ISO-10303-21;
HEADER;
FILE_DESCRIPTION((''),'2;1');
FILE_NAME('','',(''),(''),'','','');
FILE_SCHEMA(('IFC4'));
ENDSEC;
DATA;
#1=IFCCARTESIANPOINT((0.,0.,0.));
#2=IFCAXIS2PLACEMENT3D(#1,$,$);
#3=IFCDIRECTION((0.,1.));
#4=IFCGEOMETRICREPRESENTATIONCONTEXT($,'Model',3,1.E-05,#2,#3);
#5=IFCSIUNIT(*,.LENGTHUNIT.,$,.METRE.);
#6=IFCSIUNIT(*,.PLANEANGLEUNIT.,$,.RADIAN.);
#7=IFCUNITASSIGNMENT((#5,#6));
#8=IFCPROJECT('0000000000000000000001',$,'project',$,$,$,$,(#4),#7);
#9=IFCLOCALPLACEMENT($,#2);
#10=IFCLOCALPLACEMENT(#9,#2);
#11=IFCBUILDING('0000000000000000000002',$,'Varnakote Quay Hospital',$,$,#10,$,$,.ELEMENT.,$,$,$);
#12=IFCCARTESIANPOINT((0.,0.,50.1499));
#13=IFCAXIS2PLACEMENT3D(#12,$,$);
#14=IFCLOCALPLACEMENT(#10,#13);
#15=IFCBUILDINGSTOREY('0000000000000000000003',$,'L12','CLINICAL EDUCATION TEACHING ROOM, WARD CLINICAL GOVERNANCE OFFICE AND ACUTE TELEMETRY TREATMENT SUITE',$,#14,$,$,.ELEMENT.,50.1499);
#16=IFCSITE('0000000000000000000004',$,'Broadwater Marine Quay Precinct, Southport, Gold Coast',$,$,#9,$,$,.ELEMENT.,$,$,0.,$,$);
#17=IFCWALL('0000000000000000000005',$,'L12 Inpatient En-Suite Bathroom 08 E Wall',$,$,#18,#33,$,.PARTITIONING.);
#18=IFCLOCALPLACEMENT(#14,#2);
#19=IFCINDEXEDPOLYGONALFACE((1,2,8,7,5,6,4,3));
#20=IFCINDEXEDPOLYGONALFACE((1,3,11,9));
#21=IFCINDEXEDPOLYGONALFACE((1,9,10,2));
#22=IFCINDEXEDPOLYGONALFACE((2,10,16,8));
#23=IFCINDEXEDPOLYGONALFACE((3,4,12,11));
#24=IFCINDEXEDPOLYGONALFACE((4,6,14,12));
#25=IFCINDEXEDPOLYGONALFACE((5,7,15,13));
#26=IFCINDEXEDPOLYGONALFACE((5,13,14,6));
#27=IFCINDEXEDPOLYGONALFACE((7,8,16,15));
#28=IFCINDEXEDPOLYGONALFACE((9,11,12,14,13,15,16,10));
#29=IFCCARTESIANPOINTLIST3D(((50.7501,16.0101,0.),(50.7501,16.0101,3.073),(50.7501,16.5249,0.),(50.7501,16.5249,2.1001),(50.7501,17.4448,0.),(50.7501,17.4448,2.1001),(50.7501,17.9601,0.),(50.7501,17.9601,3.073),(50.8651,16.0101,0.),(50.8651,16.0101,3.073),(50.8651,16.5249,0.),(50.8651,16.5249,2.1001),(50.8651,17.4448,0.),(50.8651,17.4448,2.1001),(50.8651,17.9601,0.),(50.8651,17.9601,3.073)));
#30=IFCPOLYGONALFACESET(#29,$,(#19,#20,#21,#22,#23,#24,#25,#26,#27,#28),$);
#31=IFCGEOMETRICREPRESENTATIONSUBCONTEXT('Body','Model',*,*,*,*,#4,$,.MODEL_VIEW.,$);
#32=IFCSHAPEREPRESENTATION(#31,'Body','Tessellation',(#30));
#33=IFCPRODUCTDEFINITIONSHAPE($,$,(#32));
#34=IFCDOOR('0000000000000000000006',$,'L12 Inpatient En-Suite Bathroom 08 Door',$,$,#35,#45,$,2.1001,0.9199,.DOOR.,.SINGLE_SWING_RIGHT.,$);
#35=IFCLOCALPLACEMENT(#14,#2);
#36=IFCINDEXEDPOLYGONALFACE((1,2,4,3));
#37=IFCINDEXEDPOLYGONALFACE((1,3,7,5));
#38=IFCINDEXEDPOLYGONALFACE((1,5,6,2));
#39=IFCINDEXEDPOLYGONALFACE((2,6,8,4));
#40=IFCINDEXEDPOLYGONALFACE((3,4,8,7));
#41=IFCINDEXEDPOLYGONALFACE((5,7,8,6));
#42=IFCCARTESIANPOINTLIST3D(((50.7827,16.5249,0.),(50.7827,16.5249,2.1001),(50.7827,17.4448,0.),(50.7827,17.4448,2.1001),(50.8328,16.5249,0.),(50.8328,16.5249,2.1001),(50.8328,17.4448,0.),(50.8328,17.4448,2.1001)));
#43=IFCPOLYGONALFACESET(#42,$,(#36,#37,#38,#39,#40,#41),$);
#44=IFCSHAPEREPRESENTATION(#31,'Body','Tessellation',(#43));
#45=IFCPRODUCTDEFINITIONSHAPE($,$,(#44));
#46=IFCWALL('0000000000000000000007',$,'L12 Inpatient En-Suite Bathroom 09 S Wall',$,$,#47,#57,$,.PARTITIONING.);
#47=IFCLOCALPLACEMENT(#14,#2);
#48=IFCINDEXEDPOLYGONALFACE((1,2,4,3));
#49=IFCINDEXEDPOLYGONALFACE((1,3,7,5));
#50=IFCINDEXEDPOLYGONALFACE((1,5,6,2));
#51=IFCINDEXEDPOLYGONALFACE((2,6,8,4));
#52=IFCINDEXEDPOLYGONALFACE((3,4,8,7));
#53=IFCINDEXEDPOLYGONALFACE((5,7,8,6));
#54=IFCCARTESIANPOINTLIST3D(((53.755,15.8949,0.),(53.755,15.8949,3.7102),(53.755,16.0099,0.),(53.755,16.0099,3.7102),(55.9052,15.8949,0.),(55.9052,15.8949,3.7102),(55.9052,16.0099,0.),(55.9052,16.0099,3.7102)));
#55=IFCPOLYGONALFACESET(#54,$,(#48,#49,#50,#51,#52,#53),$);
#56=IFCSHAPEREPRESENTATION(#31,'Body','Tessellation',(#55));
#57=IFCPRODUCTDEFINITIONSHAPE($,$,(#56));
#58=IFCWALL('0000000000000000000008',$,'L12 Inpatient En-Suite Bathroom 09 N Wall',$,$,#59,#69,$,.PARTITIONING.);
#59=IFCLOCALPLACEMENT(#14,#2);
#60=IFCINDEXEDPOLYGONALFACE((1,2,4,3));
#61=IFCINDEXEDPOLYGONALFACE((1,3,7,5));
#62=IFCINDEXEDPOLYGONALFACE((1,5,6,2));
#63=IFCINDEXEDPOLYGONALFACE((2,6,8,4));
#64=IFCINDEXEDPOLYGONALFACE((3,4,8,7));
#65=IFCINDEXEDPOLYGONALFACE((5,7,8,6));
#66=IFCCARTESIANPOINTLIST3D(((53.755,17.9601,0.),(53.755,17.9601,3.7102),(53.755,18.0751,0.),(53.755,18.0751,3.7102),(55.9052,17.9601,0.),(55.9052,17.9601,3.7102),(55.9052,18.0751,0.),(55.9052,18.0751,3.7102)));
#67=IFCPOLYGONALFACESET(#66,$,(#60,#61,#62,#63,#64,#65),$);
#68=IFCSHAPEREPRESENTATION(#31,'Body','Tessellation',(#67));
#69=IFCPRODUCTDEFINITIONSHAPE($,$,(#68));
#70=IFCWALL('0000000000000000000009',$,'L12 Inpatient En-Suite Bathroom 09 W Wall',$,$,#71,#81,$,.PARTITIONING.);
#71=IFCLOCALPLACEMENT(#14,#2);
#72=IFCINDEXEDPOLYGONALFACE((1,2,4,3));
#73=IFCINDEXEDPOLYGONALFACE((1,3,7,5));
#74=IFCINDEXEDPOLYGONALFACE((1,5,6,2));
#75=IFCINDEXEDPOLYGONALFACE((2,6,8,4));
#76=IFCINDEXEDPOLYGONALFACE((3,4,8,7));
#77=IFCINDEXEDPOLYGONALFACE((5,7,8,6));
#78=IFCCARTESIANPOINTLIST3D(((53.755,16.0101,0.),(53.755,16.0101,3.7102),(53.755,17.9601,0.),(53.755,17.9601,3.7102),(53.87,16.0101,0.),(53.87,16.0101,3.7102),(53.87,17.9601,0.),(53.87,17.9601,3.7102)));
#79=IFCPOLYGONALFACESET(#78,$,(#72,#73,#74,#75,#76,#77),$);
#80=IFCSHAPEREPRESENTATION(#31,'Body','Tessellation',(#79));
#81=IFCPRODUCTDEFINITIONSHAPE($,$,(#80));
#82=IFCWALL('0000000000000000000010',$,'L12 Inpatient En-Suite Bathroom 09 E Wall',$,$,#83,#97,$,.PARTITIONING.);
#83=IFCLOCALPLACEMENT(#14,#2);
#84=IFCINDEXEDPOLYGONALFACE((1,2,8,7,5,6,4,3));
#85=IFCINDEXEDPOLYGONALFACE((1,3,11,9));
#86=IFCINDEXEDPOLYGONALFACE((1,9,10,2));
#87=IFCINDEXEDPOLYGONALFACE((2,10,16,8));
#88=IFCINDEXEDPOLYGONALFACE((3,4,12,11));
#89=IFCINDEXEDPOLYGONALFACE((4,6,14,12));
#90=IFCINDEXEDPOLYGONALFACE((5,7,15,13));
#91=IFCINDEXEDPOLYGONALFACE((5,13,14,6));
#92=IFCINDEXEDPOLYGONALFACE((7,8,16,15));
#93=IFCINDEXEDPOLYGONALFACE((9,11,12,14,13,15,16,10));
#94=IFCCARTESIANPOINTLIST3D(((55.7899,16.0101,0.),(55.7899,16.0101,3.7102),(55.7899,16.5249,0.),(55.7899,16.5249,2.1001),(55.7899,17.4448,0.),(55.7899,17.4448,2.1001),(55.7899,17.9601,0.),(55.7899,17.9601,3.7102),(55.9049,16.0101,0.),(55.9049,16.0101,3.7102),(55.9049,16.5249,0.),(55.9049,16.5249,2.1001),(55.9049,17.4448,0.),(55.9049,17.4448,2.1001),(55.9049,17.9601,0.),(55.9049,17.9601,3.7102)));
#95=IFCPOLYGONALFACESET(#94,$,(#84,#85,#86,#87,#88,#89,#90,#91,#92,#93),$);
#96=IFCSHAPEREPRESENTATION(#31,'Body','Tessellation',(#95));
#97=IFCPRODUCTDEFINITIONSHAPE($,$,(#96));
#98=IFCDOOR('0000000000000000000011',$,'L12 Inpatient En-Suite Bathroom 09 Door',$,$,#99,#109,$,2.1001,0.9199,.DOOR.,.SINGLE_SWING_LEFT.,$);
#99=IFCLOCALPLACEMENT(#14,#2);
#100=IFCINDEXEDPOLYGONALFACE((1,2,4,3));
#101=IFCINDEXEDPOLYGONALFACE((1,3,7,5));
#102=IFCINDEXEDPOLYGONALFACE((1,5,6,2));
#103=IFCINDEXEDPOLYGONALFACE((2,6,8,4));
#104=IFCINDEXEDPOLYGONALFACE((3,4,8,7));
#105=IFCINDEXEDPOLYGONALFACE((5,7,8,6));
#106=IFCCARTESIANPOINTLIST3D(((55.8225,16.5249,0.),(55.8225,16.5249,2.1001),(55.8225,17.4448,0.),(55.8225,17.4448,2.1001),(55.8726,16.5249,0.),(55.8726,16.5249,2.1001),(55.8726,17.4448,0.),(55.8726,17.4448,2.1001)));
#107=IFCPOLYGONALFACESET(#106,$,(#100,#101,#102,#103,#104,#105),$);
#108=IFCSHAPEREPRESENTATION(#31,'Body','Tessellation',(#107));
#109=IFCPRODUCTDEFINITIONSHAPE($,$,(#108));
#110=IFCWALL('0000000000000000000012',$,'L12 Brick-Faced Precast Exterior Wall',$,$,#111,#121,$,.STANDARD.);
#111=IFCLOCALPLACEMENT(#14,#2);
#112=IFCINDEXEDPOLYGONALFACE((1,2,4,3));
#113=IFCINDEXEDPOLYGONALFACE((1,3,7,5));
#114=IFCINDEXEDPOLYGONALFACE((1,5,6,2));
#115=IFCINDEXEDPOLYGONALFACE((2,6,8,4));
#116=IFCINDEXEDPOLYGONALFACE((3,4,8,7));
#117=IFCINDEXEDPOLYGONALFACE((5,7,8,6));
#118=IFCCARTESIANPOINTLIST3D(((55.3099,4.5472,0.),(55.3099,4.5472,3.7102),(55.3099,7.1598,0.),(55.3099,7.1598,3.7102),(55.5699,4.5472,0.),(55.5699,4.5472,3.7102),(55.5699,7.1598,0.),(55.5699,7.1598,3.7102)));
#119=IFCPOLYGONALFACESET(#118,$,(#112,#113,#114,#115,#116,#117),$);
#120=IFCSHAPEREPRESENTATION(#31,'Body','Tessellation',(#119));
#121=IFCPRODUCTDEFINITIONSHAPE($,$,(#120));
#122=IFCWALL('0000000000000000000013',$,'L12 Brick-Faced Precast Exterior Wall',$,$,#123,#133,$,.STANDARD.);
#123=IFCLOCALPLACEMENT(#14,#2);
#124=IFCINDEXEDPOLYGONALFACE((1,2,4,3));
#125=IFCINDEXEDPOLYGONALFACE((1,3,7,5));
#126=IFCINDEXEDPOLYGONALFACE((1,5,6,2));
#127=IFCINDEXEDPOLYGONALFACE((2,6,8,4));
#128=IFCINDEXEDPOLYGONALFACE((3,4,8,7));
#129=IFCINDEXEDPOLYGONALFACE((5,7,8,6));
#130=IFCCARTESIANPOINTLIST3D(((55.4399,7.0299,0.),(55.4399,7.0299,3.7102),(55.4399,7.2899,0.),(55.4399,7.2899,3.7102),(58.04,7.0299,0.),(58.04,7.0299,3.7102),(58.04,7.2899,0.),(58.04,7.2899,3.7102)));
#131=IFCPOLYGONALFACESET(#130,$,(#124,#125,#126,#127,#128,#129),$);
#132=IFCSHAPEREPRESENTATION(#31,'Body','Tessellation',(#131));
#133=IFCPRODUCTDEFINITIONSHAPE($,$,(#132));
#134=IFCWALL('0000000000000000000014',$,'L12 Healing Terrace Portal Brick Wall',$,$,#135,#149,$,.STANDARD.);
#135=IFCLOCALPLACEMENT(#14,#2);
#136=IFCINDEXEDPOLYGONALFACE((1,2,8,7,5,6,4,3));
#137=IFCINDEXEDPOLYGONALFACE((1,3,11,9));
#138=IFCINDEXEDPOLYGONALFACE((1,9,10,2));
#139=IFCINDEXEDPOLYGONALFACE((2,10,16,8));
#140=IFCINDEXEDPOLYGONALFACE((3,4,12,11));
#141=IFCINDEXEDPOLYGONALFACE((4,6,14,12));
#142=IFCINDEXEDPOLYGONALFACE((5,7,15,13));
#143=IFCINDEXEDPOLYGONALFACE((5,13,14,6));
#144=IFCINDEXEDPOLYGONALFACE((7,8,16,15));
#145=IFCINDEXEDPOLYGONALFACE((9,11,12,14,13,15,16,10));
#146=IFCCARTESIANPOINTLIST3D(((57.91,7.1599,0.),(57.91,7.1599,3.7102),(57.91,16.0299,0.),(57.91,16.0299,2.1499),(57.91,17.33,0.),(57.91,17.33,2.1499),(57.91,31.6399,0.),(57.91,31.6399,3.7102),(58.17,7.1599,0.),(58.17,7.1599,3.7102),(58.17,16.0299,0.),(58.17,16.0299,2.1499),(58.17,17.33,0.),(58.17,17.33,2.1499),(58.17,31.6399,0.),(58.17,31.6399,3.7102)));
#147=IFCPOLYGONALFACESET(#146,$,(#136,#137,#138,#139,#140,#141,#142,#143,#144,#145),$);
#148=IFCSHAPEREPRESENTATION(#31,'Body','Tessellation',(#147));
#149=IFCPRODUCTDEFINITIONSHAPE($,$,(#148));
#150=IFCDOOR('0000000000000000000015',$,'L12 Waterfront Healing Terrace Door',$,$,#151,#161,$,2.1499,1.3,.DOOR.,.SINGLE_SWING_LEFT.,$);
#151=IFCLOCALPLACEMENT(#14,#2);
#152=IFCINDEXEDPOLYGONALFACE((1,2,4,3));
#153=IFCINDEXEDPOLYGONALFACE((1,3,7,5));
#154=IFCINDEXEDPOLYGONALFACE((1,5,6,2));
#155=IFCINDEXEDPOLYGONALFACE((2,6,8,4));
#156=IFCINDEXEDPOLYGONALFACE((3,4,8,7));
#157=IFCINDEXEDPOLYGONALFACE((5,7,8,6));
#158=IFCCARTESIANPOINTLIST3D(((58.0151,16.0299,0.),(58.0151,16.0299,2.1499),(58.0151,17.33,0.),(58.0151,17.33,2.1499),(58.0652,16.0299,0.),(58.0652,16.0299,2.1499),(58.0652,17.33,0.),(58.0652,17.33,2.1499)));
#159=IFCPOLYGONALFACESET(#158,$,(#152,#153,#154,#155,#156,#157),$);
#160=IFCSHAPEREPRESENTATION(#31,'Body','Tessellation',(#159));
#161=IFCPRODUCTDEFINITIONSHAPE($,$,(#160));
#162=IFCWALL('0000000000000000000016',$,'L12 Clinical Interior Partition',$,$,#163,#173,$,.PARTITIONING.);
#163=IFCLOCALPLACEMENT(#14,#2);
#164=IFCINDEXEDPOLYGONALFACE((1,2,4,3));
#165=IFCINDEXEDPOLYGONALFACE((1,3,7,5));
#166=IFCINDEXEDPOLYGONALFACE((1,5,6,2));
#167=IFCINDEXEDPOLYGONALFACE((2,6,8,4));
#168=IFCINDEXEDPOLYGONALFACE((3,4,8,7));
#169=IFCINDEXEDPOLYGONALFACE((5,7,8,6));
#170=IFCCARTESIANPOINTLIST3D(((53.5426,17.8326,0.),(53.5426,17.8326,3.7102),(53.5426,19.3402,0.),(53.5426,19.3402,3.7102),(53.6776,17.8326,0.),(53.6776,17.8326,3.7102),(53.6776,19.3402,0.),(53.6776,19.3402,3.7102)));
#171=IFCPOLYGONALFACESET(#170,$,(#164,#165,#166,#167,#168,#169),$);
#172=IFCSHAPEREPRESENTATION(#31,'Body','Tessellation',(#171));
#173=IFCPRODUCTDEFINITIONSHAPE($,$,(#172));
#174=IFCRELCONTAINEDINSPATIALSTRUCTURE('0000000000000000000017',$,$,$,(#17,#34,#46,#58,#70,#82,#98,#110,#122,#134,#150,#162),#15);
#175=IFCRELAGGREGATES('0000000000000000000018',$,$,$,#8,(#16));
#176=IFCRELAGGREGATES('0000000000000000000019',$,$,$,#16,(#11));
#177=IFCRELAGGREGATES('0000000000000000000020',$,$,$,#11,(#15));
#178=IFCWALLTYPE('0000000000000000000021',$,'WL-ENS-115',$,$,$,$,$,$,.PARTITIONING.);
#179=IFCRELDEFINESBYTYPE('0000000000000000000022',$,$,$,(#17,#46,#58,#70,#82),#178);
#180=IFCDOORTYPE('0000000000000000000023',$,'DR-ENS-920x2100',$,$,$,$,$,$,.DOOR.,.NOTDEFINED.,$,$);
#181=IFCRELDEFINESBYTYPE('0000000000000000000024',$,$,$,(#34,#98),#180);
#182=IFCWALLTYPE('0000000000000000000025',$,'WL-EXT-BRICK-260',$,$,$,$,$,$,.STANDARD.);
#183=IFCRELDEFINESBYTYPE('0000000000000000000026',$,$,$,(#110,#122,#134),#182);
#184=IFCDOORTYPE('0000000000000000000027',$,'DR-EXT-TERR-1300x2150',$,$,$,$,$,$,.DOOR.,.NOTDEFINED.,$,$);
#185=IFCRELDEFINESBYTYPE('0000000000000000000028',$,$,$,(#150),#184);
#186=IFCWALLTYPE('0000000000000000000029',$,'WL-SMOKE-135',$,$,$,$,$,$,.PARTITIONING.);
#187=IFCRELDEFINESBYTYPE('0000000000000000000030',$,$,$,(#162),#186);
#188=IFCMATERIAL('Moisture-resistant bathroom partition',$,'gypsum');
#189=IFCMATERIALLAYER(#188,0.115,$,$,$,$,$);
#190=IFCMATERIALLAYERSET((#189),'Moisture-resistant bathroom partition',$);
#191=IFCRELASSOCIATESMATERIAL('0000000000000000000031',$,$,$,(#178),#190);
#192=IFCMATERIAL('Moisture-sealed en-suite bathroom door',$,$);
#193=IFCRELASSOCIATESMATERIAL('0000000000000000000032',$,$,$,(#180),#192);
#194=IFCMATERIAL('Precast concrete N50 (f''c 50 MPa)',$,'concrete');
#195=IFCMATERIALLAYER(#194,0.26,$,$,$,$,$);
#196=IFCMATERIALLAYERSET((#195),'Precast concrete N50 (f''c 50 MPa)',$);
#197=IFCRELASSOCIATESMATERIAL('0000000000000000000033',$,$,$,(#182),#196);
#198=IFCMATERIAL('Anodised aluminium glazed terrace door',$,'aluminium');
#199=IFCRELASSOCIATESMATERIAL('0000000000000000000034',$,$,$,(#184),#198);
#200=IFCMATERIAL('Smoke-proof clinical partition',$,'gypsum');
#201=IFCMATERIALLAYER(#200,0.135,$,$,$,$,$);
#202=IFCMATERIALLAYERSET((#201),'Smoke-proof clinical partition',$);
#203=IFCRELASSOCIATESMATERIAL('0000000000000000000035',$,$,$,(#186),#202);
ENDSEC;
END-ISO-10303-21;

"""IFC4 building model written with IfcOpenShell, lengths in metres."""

from ifc_helpers import new_model, si_unit, direction, frame, frame_2d, origin, place, context, subcontext, project, spatial, rectangle, extrude, material, layer, layer_set, type_object, element, fill, save


model = new_model("IFC4")

# Units and contexts
model_context = context("Model", 3, precision=1e-05, world=origin(), true_north=direction((0.0, 1.0)))
body_context = subcontext(model_context, "Body", "Model", "MODEL_VIEW")
ifc_project = project(units=[si_unit("LENGTHUNIT", "METRE"), si_unit("PLANEANGLEUNIT", "RADIAN")], contexts=[model_context])

# Site, building, storey
site_placement = place(None, origin())
site = spatial("IfcSite", under=ifc_project, at=site_placement, Name="Broadwater Marine Quay Precinct, Southport, Gold Coast", CompositionType="ELEMENT", RefElevation=0.0)
building_placement = place(site_placement, origin())
building = spatial("IfcBuilding", under=site, at=building_placement, Name="Varnakote Quay Hospital", CompositionType="ELEMENT")
storey_placement = place(building_placement, frame((0.0, 0.0, 50.1499)))
storey = spatial("IfcBuildingStorey", under=building, at=storey_placement, Name="L12", Description="CLINICAL EDUCATION TEACHING ROOM, WARD CLINICAL GOVERNANCE OFFICE AND ACUTE TELEMETRY TREATMENT SUITE", CompositionType="ELEMENT", Elevation=50.1499)

# Shared definitions
ifc_material_1 = material(Name="Moisture-resistant bathroom partition", Category="gypsum")
ifc_layer_1 = layer(ifc_material_1, 0.115)
ifc_layer_set_1 = layer_set([ifc_layer_1], Name="Moisture-resistant bathroom partition")
wall_type_1 = type_object("IfcWallType", Name="WL-ENS-115", PredefinedType="PARTITIONING", material=ifc_layer_set_1)

# Wall, opening, door
wall_1_placement = place(storey_placement, frame((50.8076, 16.01, 0.0), z_axis=(0.0, 0.0, 1.0), x_axis=(0.0, 1.0, 0.0)))
wall_1 = element("IfcWall", 1, at=wall_1_placement, inside=storey, type_object=wall_type_1, Name="L12 Inpatient En-Suite Bathroom 08 E Wall", PredefinedType="PARTITIONING", context=body_context, shape_type="SweptSolid", body=[
    extrude(rectangle(XDim=1.95, YDim=0.115, at=frame_2d((0.9751, 0.0))), origin(), (0.0, 0.0, 1.0), 3.073),
])
opening_1_placement = place(wall_1_placement, frame((0.5149, 0.0, 0.0)))
opening_1 = element("IfcOpeningElement", 2, at=opening_1_placement, cuts=wall_1, PredefinedType="OPENING", context=body_context, shape_type="SweptSolid", body=[
    extrude(rectangle(XDim=0.9199, YDim=2.1001, at=frame_2d((0.46, 1.05))), frame((0.0, 0.0674, 0.0), z_axis=(0.0, -1.0, 0.0), x_axis=(1.0, 0.0, 0.0)), (0.0, 0.0, 1.0), 0.135),
])
ifc_material_2 = material(Name="Moisture-sealed en-suite bathroom door")
door_type_1 = type_object("IfcDoorType", Name="DR-ENS-920x2100", OperationType="NOTDEFINED", PredefinedType="DOOR", material=ifc_material_2)
door_1_placement = place(opening_1_placement, origin())
door_1 = element("IfcDoor", 3, at=door_1_placement, inside=storey, type_object=door_type_1, Name="L12 Inpatient En-Suite Bathroom 08 Door", OperationType="SINGLE_SWING_RIGHT", OverallHeight=2.1001, OverallWidth=0.9199, PredefinedType="DOOR", context=body_context, shape_type="SweptSolid", body=[
    extrude(rectangle(XDim=0.9199, YDim=2.1001, at=frame_2d((0.46, 1.05))), frame((0.0, 0.0249, 0.0), z_axis=(0.0, -1.0, 0.0), x_axis=(1.0, 0.0, 0.0)), (0.0, 0.0, 1.0), 0.05),
])
fill(opening_1, door_1)

# Walls
for number, where, z_axis, x_axis, name in (
    (4, (53.7549, 15.9524, 0.0), (0.0, 0.0, 1.0), (1.0, 0.0, 0.0), "L12 Inpatient En-Suite Bathroom 09 S Wall"),
    (5, (53.7549, 18.0176, 0.0), (0.0, 0.0, 1.0), (1.0, 0.0, 0.0), "L12 Inpatient En-Suite Bathroom 09 N Wall"),
):
    element("IfcWall", number, at=place(storey_placement, frame(where, z_axis=z_axis, x_axis=x_axis)), inside=storey, type_object=wall_type_1, Name=name, PredefinedType="PARTITIONING", context=body_context, shape_type="SweptSolid", body=[
        extrude(rectangle(XDim=2.1501, YDim=0.115, at=frame_2d((1.0752, 0.0))), origin(), (0.0, 0.0, 1.0), 3.7102),
    ])
wall_2_placement = place(storey_placement, frame((53.8125, 16.01, 0.0), z_axis=(0.0, 0.0, 1.0), x_axis=(0.0, 1.0, 0.0)))
element("IfcWall", 6, at=wall_2_placement, inside=storey, type_object=wall_type_1, Name="L12 Inpatient En-Suite Bathroom 09 W Wall", PredefinedType="PARTITIONING", context=body_context, shape_type="SweptSolid", body=[
    extrude(rectangle(XDim=1.95, YDim=0.115, at=frame_2d((0.9751, 0.0))), origin(), (0.0, 0.0, 1.0), 3.7102),
])

# Wall, opening, door
wall_3_placement = place(storey_placement, frame((55.8474, 16.01, 0.0), z_axis=(0.0, 0.0, 1.0), x_axis=(0.0, 1.0, 0.0)))
wall_3 = element("IfcWall", 7, at=wall_3_placement, inside=storey, type_object=wall_type_1, Name="L12 Inpatient En-Suite Bathroom 09 E Wall", PredefinedType="PARTITIONING", context=body_context, shape_type="SweptSolid", body=[
    extrude(rectangle(XDim=1.95, YDim=0.115, at=frame_2d((0.9751, 0.0))), origin(), (0.0, 0.0, 1.0), 3.7102),
])
opening_2_placement = place(wall_3_placement, frame((0.5149, 0.0, 0.0)))
opening_2 = element("IfcOpeningElement", 8, at=opening_2_placement, cuts=wall_3, PredefinedType="OPENING", context=body_context, shape_type="SweptSolid", body=[
    extrude(rectangle(XDim=0.9199, YDim=2.1001, at=frame_2d((0.46, 1.05))), frame((0.0, 0.0674, 0.0), z_axis=(0.0, -1.0, 0.0), x_axis=(1.0, 0.0, 0.0)), (0.0, 0.0, 1.0), 0.135),
])
door_2_placement = place(opening_2_placement, origin())
door_2 = element("IfcDoor", 9, at=door_2_placement, inside=storey, type_object=door_type_1, Name="L12 Inpatient En-Suite Bathroom 09 Door", OperationType="SINGLE_SWING_LEFT", OverallHeight=2.1001, OverallWidth=0.9199, PredefinedType="DOOR", context=body_context, shape_type="SweptSolid", body=[
    extrude(rectangle(XDim=0.9199, YDim=2.1001, at=frame_2d((0.46, 1.05))), frame((0.0, 0.0249, 0.0), z_axis=(0.0, -1.0, 0.0), x_axis=(1.0, 0.0, 0.0)), (0.0, 0.0, 1.0), 0.05),
])
fill(opening_2, door_2)

# Walls
ifc_material_3 = material(Name="Precast concrete N50 (f'c 50 MPa)", Category="concrete")
ifc_layer_2 = layer(ifc_material_3, 0.26)
ifc_layer_set_2 = layer_set([ifc_layer_2], Name="Precast concrete N50 (f'c 50 MPa)")
wall_type_2 = type_object("IfcWallType", Name="WL-EXT-BRICK-260", PredefinedType="STANDARD", material=ifc_layer_set_2)
wall_4_placement = place(storey_placement, frame((55.4399, 4.5474, 0.0), z_axis=(0.0, 0.0, 1.0), x_axis=(0.0, 1.0, 0.0)))
element("IfcWall", 10, at=wall_4_placement, inside=storey, type_object=wall_type_2, Name="L12 Brick-Faced Precast Exterior Wall", PredefinedType="STANDARD", context=body_context, shape_type="SweptSolid", body=[
    extrude(rectangle(XDim=2.6125, YDim=0.26, at=frame_2d((1.3062, 0.0))), origin(), (0.0, 0.0, 1.0), 3.7102),
])
wall_5_placement = place(storey_placement, frame((55.4399, 7.1599, 0.0), z_axis=(0.0, 0.0, 1.0), x_axis=(1.0, 0.0, 0.0)))
element("IfcWall", 11, at=wall_5_placement, inside=storey, type_object=wall_type_2, Name="L12 Brick-Faced Precast Exterior Wall", PredefinedType="STANDARD", context=body_context, shape_type="SweptSolid", body=[
    extrude(rectangle(XDim=2.6001, YDim=0.26, at=frame_2d((1.3, 0.0))), origin(), (0.0, 0.0, 1.0), 3.7102),
])

# Wall, opening, door
wall_6_placement = place(storey_placement, frame((58.04, 7.1599, 0.0), z_axis=(0.0, 0.0, 1.0), x_axis=(0.0, 1.0, 0.0)))
wall_6 = element("IfcWall", 12, at=wall_6_placement, inside=storey, type_object=wall_type_2, Name="L12 Healing Terrace Portal Brick Wall", PredefinedType="STANDARD", context=body_context, shape_type="SweptSolid", body=[
    extrude(rectangle(XDim=24.48, YDim=0.26, at=frame_2d((12.24, 0.0))), origin(), (0.0, 0.0, 1.0), 3.7102),
])
opening_3_placement = place(wall_6_placement, frame((8.8701, 0.0, 0.0)))
opening_3 = element("IfcOpeningElement", 13, at=opening_3_placement, cuts=wall_6, PredefinedType="OPENING", context=body_context, shape_type="SweptSolid", body=[
    extrude(rectangle(XDim=1.3, YDim=2.1499, at=frame_2d((0.6499, 1.075))), frame((0.0, 0.1399, 0.0), z_axis=(0.0, -1.0, 0.0), x_axis=(1.0, 0.0, 0.0)), (0.0, 0.0, 1.0), 0.28),
])
ifc_material_4 = material(Name="Anodised aluminium glazed terrace door", Category="aluminium")
door_type_2 = type_object("IfcDoorType", Name="DR-EXT-TERR-1300x2150", OperationType="NOTDEFINED", PredefinedType="DOOR", material=ifc_material_4)
door_3_placement = place(opening_3_placement, origin())
door_3 = element("IfcDoor", 14, at=door_3_placement, inside=storey, type_object=door_type_2, Name="L12 Waterfront Healing Terrace Door", OperationType="SINGLE_SWING_LEFT", OverallHeight=2.1499, OverallWidth=1.3, PredefinedType="DOOR", context=body_context, shape_type="SweptSolid", body=[
    extrude(rectangle(XDim=1.3, YDim=2.1499, at=frame_2d((0.6499, 1.075))), frame((0.0, 0.0249, 0.0), z_axis=(0.0, -1.0, 0.0), x_axis=(1.0, 0.0, 0.0)), (0.0, 0.0, 1.0), 0.05),
])
fill(opening_3, door_3)

# Wall
ifc_material_5 = material(Name="Smoke-proof clinical partition", Category="gypsum")
ifc_layer_3 = layer(ifc_material_5, 0.135)
ifc_layer_set_3 = layer_set([ifc_layer_3], Name="Smoke-proof clinical partition")
wall_type_3 = type_object("IfcWallType", Name="WL-SMOKE-135", PredefinedType="PARTITIONING", material=ifc_layer_set_3)
wall_7_placement = place(storey_placement, frame((53.6101, 17.8325, 0.0), z_axis=(0.0, 0.0, 1.0), x_axis=(0.0, 1.0, 0.0)))
element("IfcWall", 15, at=wall_7_placement, inside=storey, type_object=wall_type_3, Name="L12 Clinical Interior Partition", PredefinedType="PARTITIONING", context=body_context, shape_type="SweptSolid", body=[
    extrude(rectangle(XDim=1.5076, YDim=0.135, at=frame_2d((0.7539, 0.0))), origin(), (0.0, 0.0, 1.0), 3.7102),
])

save(model, "model.ifc")
